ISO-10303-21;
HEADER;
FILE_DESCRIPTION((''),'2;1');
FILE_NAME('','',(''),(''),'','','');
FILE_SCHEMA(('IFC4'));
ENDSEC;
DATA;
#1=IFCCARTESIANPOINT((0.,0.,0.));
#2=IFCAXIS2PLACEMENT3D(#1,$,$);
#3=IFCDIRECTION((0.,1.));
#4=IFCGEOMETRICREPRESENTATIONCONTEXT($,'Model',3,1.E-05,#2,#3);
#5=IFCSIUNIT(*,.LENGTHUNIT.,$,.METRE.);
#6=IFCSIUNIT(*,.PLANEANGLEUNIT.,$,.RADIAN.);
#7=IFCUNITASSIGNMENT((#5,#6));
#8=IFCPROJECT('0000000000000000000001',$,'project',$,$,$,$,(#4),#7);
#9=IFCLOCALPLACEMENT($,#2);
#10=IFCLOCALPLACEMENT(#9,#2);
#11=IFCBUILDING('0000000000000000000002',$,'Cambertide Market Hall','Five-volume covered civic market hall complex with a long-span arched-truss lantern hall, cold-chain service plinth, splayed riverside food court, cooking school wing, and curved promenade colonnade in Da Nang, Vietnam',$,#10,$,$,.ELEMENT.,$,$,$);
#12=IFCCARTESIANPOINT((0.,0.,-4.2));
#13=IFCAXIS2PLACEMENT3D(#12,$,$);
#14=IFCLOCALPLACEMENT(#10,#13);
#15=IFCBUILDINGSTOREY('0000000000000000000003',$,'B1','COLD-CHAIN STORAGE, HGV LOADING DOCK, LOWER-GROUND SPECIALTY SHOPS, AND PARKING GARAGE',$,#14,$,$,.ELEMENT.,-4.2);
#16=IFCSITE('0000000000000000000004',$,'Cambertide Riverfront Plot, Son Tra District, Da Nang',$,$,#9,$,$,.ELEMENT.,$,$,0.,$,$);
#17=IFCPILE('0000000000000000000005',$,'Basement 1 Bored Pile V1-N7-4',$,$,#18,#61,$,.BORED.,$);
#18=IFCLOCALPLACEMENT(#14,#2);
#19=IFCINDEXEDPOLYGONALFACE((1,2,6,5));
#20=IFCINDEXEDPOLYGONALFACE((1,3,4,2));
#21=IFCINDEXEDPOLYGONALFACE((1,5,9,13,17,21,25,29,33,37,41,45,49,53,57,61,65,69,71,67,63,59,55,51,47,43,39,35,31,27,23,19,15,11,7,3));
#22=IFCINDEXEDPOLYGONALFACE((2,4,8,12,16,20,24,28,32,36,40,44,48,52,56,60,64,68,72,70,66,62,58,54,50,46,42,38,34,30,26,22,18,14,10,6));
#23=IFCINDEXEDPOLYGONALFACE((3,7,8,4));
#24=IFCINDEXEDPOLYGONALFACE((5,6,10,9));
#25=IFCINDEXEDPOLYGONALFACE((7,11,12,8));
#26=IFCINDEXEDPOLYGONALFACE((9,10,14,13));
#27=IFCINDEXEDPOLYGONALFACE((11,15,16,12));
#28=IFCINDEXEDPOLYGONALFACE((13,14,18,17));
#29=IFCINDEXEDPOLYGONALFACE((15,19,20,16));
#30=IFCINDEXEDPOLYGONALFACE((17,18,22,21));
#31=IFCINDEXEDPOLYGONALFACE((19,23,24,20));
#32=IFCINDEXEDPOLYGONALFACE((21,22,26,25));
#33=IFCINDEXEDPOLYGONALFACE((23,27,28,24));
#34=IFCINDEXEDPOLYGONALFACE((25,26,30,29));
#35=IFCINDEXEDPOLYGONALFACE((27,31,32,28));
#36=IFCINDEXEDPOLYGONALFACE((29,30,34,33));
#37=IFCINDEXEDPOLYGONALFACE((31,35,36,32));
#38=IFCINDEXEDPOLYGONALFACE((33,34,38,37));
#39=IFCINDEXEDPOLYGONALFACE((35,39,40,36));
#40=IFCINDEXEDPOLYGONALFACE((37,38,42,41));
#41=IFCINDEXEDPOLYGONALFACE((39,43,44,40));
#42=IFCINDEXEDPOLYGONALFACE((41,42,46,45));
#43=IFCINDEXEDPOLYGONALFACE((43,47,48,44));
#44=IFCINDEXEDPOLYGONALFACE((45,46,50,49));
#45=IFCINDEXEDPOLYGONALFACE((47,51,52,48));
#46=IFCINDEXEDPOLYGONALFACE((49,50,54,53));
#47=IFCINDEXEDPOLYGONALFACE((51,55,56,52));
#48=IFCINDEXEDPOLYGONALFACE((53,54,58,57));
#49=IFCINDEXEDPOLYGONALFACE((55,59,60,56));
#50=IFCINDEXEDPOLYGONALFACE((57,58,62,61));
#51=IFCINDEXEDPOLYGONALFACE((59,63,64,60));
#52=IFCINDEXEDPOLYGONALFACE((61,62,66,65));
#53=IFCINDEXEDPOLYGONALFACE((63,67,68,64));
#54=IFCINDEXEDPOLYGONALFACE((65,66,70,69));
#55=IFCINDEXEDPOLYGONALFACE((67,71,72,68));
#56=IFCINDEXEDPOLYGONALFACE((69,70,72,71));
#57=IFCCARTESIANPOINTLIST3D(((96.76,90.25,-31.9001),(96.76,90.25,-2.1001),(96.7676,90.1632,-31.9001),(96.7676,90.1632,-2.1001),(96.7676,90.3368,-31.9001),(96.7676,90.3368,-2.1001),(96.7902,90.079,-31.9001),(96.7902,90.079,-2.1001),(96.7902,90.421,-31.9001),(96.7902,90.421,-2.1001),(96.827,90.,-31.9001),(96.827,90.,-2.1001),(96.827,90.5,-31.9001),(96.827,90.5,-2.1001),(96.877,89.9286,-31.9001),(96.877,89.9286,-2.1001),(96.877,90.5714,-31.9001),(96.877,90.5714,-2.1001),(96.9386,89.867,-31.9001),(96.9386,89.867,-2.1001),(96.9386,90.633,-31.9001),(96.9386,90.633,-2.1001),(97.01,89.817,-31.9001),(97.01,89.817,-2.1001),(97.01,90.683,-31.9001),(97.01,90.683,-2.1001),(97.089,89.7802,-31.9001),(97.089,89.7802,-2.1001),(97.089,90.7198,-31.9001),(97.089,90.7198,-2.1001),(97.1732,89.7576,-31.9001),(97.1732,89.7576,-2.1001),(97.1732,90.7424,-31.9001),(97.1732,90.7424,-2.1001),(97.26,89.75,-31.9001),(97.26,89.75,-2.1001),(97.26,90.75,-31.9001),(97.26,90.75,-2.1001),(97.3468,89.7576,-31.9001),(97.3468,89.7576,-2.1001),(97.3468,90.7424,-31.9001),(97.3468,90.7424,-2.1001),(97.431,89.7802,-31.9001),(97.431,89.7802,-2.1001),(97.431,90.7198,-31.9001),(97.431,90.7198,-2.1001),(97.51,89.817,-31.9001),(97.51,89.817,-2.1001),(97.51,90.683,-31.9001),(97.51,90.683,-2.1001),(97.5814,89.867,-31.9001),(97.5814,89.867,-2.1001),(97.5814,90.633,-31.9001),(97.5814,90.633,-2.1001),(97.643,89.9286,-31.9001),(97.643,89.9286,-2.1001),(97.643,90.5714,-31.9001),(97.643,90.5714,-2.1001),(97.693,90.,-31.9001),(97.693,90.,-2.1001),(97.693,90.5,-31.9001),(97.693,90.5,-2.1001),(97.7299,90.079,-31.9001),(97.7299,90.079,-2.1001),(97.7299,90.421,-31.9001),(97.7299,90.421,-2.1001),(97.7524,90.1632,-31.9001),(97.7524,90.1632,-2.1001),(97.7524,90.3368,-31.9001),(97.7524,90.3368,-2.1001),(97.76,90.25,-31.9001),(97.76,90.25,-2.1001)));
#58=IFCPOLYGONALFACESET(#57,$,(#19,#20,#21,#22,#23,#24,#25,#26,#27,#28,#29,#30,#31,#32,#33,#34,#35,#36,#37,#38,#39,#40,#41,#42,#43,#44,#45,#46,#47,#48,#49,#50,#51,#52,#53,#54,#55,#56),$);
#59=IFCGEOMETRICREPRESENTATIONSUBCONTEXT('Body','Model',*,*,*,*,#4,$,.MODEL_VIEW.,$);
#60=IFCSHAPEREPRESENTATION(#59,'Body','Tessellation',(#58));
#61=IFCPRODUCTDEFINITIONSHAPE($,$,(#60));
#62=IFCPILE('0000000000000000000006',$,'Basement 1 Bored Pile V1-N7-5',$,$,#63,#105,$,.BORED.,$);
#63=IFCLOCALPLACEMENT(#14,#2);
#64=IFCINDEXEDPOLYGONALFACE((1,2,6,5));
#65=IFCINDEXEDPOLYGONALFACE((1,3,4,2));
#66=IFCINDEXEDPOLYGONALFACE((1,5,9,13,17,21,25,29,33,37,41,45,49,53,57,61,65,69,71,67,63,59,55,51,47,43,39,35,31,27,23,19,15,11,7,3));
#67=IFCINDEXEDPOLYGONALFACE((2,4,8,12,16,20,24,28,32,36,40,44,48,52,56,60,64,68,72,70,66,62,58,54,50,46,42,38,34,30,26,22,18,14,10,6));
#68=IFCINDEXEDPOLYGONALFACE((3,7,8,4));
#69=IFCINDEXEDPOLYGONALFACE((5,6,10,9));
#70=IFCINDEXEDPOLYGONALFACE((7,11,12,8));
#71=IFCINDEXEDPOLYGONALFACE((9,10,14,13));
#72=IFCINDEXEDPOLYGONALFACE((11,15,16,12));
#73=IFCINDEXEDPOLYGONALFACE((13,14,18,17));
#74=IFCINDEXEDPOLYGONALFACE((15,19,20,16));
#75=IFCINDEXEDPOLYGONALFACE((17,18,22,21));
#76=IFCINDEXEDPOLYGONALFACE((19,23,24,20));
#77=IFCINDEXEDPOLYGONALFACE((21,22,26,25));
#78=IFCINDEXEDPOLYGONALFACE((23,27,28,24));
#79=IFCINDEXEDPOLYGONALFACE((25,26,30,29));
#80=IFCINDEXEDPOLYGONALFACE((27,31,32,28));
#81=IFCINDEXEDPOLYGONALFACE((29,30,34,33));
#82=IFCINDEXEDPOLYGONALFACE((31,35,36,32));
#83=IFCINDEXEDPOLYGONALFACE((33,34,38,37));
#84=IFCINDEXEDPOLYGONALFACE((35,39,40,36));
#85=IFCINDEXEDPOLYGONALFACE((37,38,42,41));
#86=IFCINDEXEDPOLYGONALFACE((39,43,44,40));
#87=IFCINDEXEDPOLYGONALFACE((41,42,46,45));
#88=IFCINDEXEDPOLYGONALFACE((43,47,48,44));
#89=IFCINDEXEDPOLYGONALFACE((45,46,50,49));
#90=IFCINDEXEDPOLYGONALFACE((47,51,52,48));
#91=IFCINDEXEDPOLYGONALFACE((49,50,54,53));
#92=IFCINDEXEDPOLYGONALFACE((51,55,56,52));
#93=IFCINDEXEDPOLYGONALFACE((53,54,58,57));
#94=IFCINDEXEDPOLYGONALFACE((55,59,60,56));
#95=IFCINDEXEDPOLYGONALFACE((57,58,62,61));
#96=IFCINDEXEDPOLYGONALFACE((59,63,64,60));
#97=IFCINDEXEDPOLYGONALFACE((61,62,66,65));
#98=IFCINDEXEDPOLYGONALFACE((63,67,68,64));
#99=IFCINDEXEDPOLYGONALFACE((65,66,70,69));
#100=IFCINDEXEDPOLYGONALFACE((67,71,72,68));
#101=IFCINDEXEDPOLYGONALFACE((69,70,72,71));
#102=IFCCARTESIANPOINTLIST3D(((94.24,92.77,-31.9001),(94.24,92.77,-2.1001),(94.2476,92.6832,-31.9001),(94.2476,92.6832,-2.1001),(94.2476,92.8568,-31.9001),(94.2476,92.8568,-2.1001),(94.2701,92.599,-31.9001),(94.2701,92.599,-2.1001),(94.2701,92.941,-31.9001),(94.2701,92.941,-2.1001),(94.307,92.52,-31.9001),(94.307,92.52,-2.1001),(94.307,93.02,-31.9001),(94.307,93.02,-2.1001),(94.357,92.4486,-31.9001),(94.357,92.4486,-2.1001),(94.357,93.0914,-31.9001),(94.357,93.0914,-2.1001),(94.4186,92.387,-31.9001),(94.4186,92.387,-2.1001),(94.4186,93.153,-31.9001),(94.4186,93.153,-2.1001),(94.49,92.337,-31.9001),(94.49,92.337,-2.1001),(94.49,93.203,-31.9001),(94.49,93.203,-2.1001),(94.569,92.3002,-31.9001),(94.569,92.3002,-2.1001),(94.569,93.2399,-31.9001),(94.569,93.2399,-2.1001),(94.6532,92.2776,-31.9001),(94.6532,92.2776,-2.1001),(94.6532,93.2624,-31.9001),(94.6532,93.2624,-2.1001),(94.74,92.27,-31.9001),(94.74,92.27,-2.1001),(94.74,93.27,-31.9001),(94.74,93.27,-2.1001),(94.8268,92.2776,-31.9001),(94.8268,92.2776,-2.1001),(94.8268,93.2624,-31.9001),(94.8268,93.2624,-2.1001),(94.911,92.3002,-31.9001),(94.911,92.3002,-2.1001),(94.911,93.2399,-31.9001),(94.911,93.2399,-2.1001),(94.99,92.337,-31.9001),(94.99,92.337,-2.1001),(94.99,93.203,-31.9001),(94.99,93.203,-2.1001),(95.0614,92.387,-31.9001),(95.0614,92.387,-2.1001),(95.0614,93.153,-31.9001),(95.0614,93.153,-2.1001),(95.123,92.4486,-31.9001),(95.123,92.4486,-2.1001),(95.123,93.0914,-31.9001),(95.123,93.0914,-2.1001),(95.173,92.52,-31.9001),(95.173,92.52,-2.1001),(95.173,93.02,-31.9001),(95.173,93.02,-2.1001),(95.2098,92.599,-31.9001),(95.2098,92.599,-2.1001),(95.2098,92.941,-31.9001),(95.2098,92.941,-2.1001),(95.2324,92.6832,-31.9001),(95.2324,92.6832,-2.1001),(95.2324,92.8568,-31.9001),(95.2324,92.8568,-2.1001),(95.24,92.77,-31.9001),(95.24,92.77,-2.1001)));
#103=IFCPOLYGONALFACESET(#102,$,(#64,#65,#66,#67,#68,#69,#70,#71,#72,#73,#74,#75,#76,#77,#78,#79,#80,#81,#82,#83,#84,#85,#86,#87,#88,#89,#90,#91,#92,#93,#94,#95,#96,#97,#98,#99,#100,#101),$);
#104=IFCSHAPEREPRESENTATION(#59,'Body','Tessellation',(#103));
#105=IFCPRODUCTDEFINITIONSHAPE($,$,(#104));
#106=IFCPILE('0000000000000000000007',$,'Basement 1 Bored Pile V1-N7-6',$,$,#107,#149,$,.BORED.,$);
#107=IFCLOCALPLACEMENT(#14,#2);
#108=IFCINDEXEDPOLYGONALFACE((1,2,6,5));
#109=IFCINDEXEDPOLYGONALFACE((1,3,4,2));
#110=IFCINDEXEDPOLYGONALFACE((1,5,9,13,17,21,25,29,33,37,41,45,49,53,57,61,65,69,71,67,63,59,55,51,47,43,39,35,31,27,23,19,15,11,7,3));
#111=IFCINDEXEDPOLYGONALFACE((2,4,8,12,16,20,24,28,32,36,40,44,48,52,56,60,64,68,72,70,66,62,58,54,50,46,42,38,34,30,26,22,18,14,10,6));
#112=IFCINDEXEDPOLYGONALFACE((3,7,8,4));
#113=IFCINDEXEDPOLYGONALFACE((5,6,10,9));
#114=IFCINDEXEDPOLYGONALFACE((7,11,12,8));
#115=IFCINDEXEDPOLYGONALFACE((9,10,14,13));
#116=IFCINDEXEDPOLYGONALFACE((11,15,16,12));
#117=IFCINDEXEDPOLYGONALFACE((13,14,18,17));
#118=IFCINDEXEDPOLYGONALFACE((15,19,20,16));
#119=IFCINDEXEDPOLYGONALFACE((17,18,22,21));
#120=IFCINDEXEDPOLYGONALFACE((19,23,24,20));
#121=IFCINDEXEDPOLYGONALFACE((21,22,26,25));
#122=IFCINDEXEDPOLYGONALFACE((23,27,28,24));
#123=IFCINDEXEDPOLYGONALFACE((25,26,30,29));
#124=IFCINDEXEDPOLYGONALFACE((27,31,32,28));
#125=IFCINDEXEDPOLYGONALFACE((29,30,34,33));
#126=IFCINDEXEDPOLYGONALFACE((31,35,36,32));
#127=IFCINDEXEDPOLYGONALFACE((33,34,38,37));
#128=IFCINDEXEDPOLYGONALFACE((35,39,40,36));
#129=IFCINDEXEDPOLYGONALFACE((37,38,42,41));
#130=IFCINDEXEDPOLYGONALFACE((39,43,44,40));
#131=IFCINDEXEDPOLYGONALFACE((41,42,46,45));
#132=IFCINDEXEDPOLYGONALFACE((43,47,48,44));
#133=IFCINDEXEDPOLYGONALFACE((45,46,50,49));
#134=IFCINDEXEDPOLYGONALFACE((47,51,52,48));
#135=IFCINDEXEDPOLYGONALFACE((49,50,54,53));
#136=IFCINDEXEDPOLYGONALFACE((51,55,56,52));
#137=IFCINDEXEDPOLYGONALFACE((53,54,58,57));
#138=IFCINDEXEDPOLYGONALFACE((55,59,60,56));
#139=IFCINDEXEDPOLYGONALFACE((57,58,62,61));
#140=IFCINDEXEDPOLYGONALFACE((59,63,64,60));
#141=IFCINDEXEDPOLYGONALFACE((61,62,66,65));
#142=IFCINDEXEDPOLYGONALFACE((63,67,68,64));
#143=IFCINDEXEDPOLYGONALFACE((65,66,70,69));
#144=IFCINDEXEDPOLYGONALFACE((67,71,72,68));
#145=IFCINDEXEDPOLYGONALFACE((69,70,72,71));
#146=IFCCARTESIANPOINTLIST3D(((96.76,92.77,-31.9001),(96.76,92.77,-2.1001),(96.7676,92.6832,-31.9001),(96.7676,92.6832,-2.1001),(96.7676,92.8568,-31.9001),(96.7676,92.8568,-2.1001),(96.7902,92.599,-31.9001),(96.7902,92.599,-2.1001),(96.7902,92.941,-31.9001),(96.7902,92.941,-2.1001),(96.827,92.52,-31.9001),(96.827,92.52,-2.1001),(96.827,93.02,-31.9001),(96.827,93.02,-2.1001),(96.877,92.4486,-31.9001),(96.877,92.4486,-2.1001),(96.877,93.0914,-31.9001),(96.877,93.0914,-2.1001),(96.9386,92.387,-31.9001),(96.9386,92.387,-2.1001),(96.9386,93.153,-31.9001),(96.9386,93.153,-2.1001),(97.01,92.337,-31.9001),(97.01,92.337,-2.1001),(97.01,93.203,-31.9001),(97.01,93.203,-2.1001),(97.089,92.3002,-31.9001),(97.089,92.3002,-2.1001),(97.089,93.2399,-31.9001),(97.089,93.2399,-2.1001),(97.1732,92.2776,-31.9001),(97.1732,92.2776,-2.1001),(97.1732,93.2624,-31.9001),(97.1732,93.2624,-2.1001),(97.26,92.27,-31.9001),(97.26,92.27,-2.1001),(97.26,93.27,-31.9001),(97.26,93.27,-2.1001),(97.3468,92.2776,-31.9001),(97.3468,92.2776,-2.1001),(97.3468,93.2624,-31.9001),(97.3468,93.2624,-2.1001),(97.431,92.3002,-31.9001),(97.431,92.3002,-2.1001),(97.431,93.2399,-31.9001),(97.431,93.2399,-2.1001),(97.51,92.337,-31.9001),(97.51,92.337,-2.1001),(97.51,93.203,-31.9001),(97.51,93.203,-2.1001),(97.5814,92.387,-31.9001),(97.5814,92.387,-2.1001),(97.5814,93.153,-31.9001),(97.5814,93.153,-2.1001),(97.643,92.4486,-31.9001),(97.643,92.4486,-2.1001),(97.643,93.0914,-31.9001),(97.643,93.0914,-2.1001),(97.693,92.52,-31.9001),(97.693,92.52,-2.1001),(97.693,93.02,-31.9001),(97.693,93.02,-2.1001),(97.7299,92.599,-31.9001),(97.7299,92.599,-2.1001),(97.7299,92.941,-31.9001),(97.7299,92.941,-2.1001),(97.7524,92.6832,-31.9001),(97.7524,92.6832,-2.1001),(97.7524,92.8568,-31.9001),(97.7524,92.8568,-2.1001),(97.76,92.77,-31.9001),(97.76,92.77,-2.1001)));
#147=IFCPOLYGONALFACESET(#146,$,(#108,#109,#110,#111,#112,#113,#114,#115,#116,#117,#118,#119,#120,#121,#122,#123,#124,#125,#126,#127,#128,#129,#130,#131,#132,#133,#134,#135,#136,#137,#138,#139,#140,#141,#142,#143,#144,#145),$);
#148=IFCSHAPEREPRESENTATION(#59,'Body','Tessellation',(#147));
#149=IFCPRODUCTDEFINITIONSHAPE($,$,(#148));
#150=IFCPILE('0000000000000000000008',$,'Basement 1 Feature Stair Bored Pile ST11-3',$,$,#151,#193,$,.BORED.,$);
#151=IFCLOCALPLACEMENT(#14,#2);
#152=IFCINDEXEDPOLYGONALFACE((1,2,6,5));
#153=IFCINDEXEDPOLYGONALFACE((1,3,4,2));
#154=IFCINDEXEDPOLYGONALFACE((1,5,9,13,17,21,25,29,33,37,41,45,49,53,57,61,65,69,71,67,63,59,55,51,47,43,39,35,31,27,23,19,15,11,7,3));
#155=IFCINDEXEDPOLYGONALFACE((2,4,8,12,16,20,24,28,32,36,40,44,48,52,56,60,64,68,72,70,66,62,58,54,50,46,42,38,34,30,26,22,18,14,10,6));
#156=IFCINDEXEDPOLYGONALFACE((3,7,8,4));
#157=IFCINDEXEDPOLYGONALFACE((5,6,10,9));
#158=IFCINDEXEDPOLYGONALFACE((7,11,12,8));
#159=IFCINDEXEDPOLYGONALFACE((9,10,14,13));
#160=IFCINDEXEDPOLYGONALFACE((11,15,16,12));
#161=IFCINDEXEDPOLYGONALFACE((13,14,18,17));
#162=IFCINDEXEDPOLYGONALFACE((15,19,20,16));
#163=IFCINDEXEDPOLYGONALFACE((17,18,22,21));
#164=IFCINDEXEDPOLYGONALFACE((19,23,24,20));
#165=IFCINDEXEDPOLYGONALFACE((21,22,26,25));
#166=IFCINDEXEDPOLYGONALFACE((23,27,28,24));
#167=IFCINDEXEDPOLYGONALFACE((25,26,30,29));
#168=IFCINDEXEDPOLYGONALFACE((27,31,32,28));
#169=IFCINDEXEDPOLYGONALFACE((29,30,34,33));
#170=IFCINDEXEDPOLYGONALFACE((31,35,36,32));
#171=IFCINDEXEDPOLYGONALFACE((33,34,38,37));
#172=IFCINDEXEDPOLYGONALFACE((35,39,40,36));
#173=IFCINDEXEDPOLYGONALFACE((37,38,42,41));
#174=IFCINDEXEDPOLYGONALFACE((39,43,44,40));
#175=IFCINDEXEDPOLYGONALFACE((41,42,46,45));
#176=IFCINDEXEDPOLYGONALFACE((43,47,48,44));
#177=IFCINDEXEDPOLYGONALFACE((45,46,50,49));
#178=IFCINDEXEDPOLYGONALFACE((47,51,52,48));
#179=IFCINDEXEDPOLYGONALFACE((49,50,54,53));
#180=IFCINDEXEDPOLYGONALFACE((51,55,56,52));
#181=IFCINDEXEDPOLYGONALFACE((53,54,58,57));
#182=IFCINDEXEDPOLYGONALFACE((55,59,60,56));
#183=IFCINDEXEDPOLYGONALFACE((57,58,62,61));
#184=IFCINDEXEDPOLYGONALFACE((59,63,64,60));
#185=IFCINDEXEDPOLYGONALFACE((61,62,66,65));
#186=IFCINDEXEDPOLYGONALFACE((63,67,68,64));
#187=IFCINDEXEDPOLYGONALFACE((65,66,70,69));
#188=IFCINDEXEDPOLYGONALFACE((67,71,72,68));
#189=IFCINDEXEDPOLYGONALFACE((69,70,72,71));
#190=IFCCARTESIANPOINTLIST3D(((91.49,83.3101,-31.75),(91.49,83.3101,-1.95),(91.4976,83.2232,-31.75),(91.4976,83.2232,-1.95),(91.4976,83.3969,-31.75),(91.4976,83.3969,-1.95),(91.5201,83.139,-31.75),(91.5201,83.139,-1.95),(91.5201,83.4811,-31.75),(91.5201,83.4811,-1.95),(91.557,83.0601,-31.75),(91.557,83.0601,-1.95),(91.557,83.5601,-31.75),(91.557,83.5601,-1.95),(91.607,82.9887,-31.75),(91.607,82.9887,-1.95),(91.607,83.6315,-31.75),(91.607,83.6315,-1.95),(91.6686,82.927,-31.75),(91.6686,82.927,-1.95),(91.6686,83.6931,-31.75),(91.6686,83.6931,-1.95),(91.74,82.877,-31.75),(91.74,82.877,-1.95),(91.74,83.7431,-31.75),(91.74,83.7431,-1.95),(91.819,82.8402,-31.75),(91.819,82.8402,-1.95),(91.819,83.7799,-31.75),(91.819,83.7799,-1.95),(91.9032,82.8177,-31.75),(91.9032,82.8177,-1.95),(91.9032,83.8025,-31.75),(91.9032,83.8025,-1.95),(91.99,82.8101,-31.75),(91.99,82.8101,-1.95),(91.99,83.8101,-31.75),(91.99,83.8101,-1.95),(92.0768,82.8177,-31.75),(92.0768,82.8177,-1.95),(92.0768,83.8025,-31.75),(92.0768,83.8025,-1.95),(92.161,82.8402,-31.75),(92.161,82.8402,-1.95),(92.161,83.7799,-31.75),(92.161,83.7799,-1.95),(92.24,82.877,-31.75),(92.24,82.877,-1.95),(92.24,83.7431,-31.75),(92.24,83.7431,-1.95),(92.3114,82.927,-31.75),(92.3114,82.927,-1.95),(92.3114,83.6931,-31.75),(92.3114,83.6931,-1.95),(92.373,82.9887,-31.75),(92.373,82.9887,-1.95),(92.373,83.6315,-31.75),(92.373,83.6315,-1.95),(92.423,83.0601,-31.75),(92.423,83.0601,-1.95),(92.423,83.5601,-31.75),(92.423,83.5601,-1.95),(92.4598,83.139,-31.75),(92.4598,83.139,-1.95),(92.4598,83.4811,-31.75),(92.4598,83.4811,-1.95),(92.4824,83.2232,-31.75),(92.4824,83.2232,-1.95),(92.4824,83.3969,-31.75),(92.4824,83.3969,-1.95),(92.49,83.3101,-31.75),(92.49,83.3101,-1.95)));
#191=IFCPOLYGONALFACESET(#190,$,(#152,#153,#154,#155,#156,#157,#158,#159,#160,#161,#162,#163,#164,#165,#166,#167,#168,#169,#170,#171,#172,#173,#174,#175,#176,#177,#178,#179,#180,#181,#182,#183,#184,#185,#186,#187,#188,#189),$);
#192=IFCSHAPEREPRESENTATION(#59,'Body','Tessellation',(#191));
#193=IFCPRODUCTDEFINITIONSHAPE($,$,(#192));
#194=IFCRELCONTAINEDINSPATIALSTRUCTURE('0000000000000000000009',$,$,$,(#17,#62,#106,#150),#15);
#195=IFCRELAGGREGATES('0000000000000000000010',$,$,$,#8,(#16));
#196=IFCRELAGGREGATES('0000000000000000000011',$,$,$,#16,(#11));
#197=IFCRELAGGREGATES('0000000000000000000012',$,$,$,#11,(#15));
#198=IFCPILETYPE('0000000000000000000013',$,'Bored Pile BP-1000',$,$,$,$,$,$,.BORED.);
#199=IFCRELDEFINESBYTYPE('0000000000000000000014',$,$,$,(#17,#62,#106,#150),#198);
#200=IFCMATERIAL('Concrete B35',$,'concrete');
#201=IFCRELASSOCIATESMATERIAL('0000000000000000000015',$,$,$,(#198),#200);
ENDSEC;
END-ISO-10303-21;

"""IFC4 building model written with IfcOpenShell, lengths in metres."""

from ifc_helpers import new_model, si_unit, direction, frame, origin, origin_2d, place, context, subcontext, project, spatial, circle, extrude, material, material_profile, profile_set, type_object, element, save


model = new_model("IFC4")

# Units and contexts
model_context = context("Model", 3, precision=1e-05, world=origin(), true_north=direction((0.0, 1.0)))
body_context = subcontext(model_context, "Body", "Model", "MODEL_VIEW")
ifc_project = project(units=[si_unit("LENGTHUNIT", "METRE"), si_unit("PLANEANGLEUNIT", "RADIAN")], contexts=[model_context])

# Site, building, storey
site_placement = place(None, origin())
site = spatial("IfcSite", under=ifc_project, at=site_placement, Name="Cambertide Riverfront Plot, Son Tra District, Da Nang", CompositionType="ELEMENT", RefElevation=0.0)
building_placement = place(site_placement, origin())
building = spatial("IfcBuilding", under=site, at=building_placement, Name="Cambertide Market Hall", Description="Five-volume covered civic market hall complex with a long-span arched-truss lantern hall, cold-chain service plinth, splayed riverside food court, cooking school wing, and curved promenade colonnade in Da Nang, Vietnam", CompositionType="ELEMENT")
storey_placement = place(building_placement, frame((0.0, 0.0, -4.2)))
storey = spatial("IfcBuildingStorey", under=building, at=storey_placement, Name="B1", Description="COLD-CHAIN STORAGE, HGV LOADING DOCK, LOWER-GROUND SPECIALTY SHOPS, AND PARKING GARAGE", CompositionType="ELEMENT", Elevation=-4.2)

# Piles
ifc_material_1 = material(Name="Concrete B35", Category="concrete")
ifc_material_profile_1 = material_profile(ifc_material_1, circle(Radius=0.5, at=origin_2d()), Name="BP D1000")
ifc_profile_set_1 = profile_set([ifc_material_profile_1], Name="Concrete B35")
pile_type = type_object("IfcPileType", Name="Bored Pile BP-1000", PredefinedType="BORED", material=ifc_profile_set_1)
for number, where, z_axis, x_axis, name in (
    (1, (97.26, 90.25, -2.1001), (0.0, 0.0, -1.0), (1.0, 0.0, 0.0), "Basement 1 Bored Pile V1-N7-4"),
    (2, (94.74, 92.77, -2.1001), (0.0, 0.0, -1.0), (1.0, 0.0, 0.0), "Basement 1 Bored Pile V1-N7-5"),
    (3, (97.26, 92.77, -2.1001), (0.0, 0.0, -1.0), (1.0, 0.0, 0.0), "Basement 1 Bored Pile V1-N7-6"),
    (4, (91.99, 83.3101, -1.95), (0.0, 0.0, -1.0), (1.0, 0.0, 0.0), "Basement 1 Feature Stair Bored Pile ST11-3"),
):
    element("IfcPile", number, at=place(storey_placement, frame(where, z_axis=z_axis, x_axis=x_axis)), inside=storey, type_object=pile_type, Name=name, PredefinedType="BORED", context=body_context, shape_type="SweptSolid", body=[
        extrude(circle(Radius=0.5, at=origin_2d()), origin(), (0.0, 0.0, 1.0), 29.8),
    ])

save(model, "model.ifc")
